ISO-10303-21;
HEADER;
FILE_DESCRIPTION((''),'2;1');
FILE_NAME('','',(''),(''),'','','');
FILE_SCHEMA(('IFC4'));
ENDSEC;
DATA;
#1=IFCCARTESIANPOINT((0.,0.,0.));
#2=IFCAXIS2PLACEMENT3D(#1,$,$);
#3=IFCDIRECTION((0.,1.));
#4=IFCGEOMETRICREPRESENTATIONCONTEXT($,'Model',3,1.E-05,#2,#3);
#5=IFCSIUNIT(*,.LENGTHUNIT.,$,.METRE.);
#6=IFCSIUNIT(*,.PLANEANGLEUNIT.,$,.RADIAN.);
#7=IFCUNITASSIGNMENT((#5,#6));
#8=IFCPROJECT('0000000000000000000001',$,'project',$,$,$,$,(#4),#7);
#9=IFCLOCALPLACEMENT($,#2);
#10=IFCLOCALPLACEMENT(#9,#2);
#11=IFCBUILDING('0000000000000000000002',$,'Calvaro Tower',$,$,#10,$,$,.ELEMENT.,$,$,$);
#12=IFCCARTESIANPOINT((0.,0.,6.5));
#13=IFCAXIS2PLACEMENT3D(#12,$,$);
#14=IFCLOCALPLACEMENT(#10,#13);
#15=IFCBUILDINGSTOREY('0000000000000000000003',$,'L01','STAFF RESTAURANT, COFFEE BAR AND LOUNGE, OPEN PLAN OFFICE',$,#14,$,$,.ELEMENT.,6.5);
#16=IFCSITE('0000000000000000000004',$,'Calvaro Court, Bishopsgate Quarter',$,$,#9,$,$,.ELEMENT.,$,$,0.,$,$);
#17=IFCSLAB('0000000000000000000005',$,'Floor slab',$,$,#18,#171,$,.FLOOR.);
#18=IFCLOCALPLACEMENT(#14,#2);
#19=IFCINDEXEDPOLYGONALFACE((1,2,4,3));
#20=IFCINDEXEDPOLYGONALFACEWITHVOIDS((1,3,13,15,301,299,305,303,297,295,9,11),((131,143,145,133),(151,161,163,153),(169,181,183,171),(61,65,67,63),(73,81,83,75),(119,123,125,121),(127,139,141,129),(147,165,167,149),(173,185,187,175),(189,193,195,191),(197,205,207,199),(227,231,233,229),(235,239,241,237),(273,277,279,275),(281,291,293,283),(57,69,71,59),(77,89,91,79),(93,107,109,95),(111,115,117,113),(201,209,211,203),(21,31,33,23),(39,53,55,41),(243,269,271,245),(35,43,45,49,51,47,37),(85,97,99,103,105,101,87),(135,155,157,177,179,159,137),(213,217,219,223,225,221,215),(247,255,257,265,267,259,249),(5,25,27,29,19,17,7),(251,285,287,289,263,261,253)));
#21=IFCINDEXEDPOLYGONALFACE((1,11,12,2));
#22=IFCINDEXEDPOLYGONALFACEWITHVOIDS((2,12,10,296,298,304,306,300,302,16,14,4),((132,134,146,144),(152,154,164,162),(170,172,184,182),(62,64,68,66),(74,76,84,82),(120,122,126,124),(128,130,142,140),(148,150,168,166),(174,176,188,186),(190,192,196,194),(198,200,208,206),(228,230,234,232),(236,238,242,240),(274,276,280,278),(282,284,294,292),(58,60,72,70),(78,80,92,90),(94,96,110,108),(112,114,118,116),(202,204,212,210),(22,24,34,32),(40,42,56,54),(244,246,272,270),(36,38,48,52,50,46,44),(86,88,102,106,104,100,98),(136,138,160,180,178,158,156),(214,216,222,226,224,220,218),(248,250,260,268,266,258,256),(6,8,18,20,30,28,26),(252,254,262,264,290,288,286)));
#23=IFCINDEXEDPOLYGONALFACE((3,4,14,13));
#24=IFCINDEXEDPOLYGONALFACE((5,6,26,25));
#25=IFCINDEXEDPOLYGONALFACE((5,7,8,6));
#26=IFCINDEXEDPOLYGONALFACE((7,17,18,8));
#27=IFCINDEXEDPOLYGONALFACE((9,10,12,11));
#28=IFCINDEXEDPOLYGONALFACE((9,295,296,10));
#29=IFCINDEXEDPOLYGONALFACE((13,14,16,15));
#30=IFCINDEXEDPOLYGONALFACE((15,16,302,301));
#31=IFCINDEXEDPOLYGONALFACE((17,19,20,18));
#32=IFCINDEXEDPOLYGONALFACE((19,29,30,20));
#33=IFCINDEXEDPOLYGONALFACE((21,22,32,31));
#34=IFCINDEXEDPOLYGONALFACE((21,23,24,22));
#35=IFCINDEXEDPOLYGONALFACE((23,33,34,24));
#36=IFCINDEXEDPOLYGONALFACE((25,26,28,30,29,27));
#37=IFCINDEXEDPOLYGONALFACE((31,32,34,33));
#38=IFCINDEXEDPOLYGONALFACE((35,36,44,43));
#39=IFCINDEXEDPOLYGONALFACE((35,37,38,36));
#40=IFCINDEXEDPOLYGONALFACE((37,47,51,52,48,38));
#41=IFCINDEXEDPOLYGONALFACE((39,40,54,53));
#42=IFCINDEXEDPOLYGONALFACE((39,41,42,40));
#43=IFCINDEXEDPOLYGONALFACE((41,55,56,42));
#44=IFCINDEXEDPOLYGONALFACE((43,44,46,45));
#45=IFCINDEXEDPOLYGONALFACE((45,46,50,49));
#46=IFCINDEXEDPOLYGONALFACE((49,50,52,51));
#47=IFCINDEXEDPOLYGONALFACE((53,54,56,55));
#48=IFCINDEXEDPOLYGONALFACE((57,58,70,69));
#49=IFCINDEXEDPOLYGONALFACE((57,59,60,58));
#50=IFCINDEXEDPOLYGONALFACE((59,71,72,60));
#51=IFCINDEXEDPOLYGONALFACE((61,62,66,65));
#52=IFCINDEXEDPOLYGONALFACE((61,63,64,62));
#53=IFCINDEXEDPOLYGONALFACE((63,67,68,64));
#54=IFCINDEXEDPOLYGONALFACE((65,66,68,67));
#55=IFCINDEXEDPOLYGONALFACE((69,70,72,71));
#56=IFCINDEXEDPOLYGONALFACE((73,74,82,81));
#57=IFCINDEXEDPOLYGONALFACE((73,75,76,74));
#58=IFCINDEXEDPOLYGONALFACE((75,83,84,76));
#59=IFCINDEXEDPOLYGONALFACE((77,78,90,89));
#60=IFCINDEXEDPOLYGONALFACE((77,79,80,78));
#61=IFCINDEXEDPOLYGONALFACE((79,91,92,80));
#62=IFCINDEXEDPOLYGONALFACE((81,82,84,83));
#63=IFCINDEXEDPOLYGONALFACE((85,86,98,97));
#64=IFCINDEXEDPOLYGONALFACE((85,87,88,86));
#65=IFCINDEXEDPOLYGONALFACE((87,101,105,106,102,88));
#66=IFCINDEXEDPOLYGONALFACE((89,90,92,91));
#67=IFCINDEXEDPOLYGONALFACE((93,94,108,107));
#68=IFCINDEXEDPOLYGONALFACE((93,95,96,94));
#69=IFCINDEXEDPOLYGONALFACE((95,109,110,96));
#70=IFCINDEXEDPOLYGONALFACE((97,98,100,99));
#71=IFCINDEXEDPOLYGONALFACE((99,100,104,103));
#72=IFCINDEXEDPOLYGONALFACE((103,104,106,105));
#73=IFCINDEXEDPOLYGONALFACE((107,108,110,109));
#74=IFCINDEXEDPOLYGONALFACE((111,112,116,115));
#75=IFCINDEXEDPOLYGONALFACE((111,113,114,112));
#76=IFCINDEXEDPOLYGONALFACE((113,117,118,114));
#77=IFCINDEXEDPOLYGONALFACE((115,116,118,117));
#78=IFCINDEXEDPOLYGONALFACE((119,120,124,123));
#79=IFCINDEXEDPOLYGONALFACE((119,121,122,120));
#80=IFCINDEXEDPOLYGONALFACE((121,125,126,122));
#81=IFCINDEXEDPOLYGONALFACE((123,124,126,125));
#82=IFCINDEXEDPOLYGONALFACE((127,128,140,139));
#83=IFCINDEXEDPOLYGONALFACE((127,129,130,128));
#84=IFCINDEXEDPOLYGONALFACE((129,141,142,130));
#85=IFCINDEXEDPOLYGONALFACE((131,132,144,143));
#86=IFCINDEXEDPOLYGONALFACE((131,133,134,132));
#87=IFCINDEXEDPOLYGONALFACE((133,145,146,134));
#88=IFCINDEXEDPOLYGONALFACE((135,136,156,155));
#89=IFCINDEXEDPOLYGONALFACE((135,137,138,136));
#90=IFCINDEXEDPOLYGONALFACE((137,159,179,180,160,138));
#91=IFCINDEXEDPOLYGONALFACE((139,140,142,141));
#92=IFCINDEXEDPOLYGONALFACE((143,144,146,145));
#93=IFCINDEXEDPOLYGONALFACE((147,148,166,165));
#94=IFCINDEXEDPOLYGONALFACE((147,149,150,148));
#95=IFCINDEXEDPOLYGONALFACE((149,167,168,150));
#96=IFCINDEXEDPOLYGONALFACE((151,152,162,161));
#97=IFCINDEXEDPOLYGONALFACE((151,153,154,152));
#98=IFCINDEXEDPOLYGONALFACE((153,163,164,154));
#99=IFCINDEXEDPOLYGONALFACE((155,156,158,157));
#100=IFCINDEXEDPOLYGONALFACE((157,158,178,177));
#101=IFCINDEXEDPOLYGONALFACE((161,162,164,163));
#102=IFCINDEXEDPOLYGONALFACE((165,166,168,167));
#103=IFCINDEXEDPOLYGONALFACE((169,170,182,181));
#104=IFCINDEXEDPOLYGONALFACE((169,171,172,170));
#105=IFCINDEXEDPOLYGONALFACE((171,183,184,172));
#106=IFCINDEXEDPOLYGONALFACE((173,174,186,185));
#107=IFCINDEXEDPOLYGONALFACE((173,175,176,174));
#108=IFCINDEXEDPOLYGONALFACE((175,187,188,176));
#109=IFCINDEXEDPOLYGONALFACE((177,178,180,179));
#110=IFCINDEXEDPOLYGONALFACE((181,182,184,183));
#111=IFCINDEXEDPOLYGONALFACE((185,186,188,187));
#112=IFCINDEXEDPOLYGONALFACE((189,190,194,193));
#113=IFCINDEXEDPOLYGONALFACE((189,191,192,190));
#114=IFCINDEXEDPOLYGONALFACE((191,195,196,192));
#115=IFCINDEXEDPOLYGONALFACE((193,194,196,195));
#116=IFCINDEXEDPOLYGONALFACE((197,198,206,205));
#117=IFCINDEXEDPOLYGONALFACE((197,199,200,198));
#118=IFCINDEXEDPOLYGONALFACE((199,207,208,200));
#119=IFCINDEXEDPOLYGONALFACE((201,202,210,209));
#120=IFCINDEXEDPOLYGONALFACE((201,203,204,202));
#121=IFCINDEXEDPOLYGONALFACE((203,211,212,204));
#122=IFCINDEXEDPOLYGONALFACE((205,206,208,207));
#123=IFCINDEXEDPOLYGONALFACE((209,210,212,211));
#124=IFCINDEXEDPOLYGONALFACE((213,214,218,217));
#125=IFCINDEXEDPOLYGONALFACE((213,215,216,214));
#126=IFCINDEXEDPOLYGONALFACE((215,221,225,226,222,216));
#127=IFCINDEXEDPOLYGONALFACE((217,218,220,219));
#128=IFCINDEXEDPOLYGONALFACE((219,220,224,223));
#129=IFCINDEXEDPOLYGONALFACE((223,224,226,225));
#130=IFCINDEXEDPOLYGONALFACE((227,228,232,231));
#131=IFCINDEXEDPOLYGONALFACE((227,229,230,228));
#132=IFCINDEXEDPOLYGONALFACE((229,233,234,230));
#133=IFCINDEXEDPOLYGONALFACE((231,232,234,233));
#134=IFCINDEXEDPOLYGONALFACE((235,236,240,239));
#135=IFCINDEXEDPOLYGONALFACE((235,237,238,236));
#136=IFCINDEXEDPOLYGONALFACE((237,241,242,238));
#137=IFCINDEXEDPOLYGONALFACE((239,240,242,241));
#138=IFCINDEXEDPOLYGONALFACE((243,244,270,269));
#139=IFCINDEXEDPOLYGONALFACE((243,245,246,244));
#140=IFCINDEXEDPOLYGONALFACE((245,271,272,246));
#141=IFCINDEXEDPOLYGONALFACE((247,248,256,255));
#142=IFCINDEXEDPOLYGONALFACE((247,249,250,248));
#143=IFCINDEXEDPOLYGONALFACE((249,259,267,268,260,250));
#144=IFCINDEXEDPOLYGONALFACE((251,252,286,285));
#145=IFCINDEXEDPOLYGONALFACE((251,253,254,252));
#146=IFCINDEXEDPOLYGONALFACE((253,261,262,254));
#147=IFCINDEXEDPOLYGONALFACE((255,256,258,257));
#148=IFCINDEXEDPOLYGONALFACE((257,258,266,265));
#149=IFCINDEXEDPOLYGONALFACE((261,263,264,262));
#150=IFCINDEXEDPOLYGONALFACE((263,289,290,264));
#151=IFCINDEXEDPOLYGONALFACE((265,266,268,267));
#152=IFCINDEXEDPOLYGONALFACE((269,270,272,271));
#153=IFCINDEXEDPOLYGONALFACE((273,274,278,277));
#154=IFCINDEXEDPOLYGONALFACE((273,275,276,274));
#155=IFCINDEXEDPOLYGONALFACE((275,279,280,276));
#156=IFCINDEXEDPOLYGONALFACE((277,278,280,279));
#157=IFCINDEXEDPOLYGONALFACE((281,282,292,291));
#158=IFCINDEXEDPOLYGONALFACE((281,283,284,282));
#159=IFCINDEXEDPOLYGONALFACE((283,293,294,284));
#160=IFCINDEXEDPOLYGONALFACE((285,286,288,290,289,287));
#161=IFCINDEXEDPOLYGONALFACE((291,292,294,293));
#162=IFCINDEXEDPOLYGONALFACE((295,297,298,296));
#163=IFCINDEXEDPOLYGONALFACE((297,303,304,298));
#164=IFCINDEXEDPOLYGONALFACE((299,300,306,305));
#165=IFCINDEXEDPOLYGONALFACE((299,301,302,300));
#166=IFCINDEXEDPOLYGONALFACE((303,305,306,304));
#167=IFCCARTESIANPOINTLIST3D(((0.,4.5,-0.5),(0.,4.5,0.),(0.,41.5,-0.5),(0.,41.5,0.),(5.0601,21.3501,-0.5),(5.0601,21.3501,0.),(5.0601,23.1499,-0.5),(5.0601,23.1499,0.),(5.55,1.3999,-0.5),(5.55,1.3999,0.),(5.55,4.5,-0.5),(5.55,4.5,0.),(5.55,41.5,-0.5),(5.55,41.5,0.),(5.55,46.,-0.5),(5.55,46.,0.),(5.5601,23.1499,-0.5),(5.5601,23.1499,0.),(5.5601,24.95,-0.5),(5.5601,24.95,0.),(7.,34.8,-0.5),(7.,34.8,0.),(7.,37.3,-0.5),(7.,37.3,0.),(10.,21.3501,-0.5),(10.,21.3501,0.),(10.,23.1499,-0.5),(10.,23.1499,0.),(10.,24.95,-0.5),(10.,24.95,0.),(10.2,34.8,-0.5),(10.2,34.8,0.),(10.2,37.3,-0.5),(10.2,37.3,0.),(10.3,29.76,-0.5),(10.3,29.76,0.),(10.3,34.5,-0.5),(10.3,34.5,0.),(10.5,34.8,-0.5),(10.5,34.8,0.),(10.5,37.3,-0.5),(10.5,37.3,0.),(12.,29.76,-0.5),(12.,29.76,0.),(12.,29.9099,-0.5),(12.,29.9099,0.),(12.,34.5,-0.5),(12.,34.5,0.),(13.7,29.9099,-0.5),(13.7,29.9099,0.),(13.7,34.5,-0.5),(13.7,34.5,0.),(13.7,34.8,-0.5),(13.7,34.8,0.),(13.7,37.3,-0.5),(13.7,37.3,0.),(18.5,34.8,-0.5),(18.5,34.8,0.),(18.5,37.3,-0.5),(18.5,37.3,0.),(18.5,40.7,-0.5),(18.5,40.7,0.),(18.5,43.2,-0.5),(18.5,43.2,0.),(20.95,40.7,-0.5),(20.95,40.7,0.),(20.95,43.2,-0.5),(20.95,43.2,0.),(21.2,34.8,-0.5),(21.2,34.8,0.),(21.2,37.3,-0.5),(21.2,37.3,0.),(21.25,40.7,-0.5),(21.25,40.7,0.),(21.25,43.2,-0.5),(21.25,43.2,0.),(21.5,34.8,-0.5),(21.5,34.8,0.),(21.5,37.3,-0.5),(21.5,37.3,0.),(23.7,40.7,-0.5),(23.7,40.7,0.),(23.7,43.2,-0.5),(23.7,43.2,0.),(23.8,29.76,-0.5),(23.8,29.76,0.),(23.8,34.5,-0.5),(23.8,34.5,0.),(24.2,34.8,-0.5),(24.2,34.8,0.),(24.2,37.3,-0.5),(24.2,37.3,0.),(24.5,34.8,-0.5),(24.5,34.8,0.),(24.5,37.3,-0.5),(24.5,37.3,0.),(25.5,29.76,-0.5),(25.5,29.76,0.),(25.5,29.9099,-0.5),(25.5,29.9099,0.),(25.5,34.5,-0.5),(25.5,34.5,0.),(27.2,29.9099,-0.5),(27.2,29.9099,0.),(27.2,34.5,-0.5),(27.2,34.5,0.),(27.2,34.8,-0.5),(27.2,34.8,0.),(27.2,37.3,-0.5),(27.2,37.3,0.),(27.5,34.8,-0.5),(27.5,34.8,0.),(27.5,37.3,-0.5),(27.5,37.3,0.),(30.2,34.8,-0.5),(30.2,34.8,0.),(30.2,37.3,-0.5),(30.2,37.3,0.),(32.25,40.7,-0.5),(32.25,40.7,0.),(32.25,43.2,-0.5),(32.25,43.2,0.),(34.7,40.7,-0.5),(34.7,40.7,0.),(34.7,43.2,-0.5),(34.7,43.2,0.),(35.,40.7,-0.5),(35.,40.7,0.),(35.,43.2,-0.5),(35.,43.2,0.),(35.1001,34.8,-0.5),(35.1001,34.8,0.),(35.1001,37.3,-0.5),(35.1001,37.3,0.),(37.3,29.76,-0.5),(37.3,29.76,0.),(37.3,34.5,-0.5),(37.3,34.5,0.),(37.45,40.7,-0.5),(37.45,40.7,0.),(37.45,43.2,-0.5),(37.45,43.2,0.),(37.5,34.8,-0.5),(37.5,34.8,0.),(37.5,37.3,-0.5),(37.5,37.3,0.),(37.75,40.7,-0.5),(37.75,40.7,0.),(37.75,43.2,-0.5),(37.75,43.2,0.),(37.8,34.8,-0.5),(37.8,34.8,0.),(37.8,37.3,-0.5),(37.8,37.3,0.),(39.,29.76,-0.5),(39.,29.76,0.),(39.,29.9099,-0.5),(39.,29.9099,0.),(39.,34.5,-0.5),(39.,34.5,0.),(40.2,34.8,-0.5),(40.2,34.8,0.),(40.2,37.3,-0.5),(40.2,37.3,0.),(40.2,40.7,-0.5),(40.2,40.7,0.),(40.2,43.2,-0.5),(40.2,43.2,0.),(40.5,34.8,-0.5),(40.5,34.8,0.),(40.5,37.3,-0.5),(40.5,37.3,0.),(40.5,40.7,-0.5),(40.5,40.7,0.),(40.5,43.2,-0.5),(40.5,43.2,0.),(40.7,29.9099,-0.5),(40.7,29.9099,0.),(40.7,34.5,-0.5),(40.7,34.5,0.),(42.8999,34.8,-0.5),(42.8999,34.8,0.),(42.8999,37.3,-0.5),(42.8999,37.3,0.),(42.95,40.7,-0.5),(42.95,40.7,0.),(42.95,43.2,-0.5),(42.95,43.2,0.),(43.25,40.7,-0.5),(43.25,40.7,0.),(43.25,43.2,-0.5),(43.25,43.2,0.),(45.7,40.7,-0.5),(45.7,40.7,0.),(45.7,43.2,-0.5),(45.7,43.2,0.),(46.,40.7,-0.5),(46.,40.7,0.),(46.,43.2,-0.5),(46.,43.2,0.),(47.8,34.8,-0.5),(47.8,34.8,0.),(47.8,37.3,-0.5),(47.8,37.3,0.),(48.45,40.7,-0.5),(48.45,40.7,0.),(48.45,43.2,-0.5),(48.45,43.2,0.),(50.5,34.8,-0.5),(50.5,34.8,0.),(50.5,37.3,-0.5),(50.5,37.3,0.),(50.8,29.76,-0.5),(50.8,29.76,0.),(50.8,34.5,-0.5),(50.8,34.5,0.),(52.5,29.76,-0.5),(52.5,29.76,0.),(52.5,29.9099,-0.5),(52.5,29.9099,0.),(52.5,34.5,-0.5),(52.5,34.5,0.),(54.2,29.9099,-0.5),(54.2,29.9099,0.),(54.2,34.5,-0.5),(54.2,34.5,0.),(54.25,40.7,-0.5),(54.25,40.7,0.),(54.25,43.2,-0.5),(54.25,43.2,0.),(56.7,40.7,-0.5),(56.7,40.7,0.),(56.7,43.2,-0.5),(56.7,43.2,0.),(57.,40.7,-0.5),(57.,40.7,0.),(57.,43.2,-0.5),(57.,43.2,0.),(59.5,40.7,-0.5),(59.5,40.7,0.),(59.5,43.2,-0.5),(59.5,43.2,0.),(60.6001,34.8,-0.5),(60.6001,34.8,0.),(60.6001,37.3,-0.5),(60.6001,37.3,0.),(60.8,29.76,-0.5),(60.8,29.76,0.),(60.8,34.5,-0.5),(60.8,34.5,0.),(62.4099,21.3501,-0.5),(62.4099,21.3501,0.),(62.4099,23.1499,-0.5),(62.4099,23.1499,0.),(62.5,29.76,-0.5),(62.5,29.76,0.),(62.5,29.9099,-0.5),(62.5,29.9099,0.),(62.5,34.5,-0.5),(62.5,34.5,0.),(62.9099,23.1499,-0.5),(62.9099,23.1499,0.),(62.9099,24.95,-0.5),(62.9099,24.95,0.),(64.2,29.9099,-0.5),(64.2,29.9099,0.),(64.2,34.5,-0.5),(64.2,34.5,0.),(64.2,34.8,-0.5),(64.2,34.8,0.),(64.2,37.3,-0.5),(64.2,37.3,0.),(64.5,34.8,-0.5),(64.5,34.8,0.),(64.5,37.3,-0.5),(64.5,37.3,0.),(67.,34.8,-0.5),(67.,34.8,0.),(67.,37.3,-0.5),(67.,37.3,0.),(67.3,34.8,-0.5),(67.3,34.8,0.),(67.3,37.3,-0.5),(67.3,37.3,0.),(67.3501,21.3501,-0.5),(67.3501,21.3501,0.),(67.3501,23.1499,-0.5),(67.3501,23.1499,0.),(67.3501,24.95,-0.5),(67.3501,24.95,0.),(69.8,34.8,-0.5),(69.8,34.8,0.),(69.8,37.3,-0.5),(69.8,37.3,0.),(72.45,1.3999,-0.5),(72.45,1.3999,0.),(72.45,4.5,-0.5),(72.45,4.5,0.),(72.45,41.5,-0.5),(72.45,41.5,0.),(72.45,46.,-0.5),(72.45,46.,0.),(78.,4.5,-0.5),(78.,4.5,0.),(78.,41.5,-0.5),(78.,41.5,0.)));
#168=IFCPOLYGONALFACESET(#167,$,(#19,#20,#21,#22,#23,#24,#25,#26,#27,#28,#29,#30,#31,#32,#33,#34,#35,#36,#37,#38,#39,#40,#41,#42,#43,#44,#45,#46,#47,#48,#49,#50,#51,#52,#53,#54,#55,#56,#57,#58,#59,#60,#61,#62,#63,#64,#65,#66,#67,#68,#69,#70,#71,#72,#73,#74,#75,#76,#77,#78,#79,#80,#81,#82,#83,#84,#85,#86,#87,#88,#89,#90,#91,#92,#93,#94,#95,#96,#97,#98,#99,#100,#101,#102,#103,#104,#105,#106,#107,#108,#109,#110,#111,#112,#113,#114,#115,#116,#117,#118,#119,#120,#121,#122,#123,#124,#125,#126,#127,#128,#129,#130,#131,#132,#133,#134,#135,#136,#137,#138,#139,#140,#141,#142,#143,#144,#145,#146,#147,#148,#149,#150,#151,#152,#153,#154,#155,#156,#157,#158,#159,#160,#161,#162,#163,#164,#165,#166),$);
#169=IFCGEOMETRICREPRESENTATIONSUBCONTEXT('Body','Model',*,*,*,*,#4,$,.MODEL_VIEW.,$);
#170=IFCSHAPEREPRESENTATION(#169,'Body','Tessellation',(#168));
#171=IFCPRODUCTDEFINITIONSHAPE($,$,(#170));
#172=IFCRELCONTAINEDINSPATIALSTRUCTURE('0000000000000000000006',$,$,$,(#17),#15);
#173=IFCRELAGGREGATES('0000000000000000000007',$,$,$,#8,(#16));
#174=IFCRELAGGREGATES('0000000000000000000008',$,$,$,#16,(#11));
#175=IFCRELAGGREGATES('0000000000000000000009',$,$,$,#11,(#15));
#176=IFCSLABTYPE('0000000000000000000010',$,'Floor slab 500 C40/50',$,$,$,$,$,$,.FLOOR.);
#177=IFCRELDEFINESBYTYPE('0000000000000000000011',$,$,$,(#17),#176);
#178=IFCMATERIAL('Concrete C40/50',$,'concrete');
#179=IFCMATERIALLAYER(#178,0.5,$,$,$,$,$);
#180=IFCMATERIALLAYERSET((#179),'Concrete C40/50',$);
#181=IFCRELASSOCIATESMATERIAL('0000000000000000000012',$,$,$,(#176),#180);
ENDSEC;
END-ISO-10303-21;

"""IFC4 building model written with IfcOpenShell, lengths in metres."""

from ifc_helpers import new_model, si_unit, direction, frame, origin, place, context, subcontext, project, spatial, polyline, outline, extrude, material, layer, layer_set, type_object, element, save


model = new_model("IFC4")

# Units and contexts
model_context = context("Model", 3, precision=1e-05, world=origin(), true_north=direction((0.0, 1.0)))
body_context = subcontext(model_context, "Body", "Model", "MODEL_VIEW")
ifc_project = project(units=[si_unit("LENGTHUNIT", "METRE"), si_unit("PLANEANGLEUNIT", "RADIAN")], contexts=[model_context])

# Site, building, storey
site_placement = place(None, origin())
site = spatial("IfcSite", under=ifc_project, at=site_placement, Name="Calvaro Court, Bishopsgate Quarter", CompositionType="ELEMENT", RefElevation=0.0)
building_placement = place(site_placement, origin())
building = spatial("IfcBuilding", under=site, at=building_placement, Name="Calvaro Tower", CompositionType="ELEMENT")
storey_placement = place(building_placement, frame((0.0, 0.0, 6.5)))
storey = spatial("IfcBuildingStorey", under=building, at=storey_placement, Name="L01", Description="STAFF RESTAURANT, COFFEE BAR AND LOUNGE, OPEN PLAN OFFICE", CompositionType="ELEMENT", Elevation=6.5)

# Slab
ifc_material_1 = material(Name="Concrete C40/50", Category="concrete")
ifc_layer_1 = layer(ifc_material_1, 0.5)
ifc_layer_set_1 = layer_set([ifc_layer_1], Name="Concrete C40/50")
slab_type_1 = type_object("IfcSlabType", Name="Floor slab 500 C40/50", PredefinedType="FLOOR", material=ifc_layer_set_1)
slab_1_placement = place(storey_placement, frame((0.0, 0.0, -0.5)))
element("IfcSlab", 1, at=slab_1_placement, inside=storey, type_object=slab_type_1, Name="Floor slab", PredefinedType="FLOOR", context=body_context, shape_type="SweptSolid", body=[
    extrude(outline(polyline([(72.45, 4.5), (72.45, 1.3999), (5.55, 1.3999), (5.55, 4.5), (0.0, 4.5), (0.0, 41.5), (5.55, 41.5), (5.55, 46.0), (72.45, 46.0), (72.45, 41.5), (78.0, 41.5), (78.0, 4.5), (72.45, 4.5)]), holes=[polyline([(12.0, 29.76), (10.3, 29.76), (10.3, 34.5), (12.0, 34.5), (13.7, 34.5), (13.7, 29.9099), (12.0, 29.9099), (12.0, 29.76)]), polyline([(25.5, 29.76), (23.8, 29.76), (23.8, 34.5), (25.5, 34.5), (27.2, 34.5), (27.2, 29.9099), (25.5, 29.9099), (25.5, 29.76)]), polyline([(39.0, 29.76), (37.3, 29.76), (37.3, 34.5), (39.0, 34.5), (40.7, 34.5), (40.7, 29.9099), (39.0, 29.9099), (39.0, 29.76)]), polyline([(52.5, 29.76), (50.8, 29.76), (50.8, 34.5), (52.5, 34.5), (54.2, 34.5), (54.2, 29.9099), (52.5, 29.9099), (52.5, 29.76)]), polyline([(62.5, 29.76), (60.8, 29.76), (60.8, 34.5), (62.5, 34.5), (64.2, 34.5), (64.2, 29.9099), (62.5, 29.9099), (62.5, 29.76)]), polyline([(18.5, 34.8), (21.2, 34.8), (21.2, 37.3), (18.5, 37.3), (18.5, 34.8)]), polyline([(21.5, 34.8), (24.2, 34.8), (24.2, 37.3), (21.5, 37.3), (21.5, 34.8)]), polyline([(24.5, 34.8), (27.2, 34.8), (27.2, 37.3), (24.5, 37.3), (24.5, 34.8)]), polyline([(35.1001, 34.8), (37.5, 34.8), (37.5, 37.3), (35.1001, 37.3), (35.1001, 34.8)]), polyline([(37.8, 34.8), (40.2, 34.8), (40.2, 37.3), (37.8, 37.3), (37.8, 34.8)]), polyline([(40.5, 34.8), (42.8999, 34.8), (42.8999, 37.3), (40.5, 37.3), (40.5, 34.8)]), polyline([(18.5, 40.7), (20.95, 40.7), (20.95, 43.2), (18.5, 43.2), (18.5, 40.7)]), polyline([(21.25, 40.7), (23.7, 40.7), (23.7, 43.2), (21.25, 43.2), (21.25, 40.7)]), polyline([(32.25, 40.7), (34.7, 40.7), (34.7, 43.2), (32.25, 43.2), (32.25, 40.7)]), polyline([(35.0, 40.7), (37.45, 40.7), (37.45, 43.2), (35.0, 43.2), (35.0, 40.7)]), polyline([(37.75, 40.7), (40.2, 40.7), (40.2, 43.2), (37.75, 43.2), (37.75, 40.7)]), polyline([(40.5, 40.7), (42.95, 40.7), (42.95, 43.2), (40.5, 43.2), (40.5, 40.7)]), polyline([(43.25, 40.7), (45.7, 40.7), (45.7, 43.2), (43.25, 43.2), (43.25, 40.7)]), polyline([(46.0, 40.7), (48.45, 40.7), (48.45, 43.2), (46.0, 43.2), (46.0, 40.7)]), polyline([(54.25, 40.7), (56.7, 40.7), (56.7, 43.2), (54.25, 43.2), (54.25, 40.7)]), polyline([(57.0, 40.7), (59.5, 40.7), (59.5, 43.2), (57.0, 43.2), (57.0, 40.7)]), polyline([(7.0, 34.8), (10.2, 34.8), (10.2, 37.3), (7.0, 37.3), (7.0, 34.8)]), polyline([(10.5, 34.8), (13.7, 34.8), (13.7, 37.3), (10.5, 37.3), (10.5, 34.8)]), polyline([(60.6001, 34.8), (64.2, 34.8), (64.2, 37.3), (60.6001, 37.3), (60.6001, 34.8)]), polyline([(64.5, 34.8), (67.0, 34.8), (67.0, 37.3), (64.5, 37.3), (64.5, 34.8)]), polyline([(67.3, 34.8), (69.8, 34.8), (69.8, 37.3), (67.3, 37.3), (67.3, 34.8)]), polyline([(27.5, 34.8), (30.2, 34.8), (30.2, 37.3), (27.5, 37.3), (27.5, 34.8)]), polyline([(47.8, 34.8), (50.5, 34.8), (50.5, 37.3), (47.8, 37.3), (47.8, 34.8)]), polyline([(5.0601, 23.1499), (5.0601, 21.3501), (10.0, 21.3501), (10.0, 23.1499), (10.0, 24.95), (5.5601, 24.95), (5.5601, 23.1499), (5.0601, 23.1499)]), polyline([(62.4099, 23.1499), (62.4099, 21.3501), (67.3501, 21.3501), (67.3501, 23.1499), (67.3501, 24.95), (62.9099, 24.95), (62.9099, 23.1499), (62.4099, 23.1499)])]), origin(), (0.0, 0.0, 1.0), 0.5),
])

save(model, "model.ifc")
